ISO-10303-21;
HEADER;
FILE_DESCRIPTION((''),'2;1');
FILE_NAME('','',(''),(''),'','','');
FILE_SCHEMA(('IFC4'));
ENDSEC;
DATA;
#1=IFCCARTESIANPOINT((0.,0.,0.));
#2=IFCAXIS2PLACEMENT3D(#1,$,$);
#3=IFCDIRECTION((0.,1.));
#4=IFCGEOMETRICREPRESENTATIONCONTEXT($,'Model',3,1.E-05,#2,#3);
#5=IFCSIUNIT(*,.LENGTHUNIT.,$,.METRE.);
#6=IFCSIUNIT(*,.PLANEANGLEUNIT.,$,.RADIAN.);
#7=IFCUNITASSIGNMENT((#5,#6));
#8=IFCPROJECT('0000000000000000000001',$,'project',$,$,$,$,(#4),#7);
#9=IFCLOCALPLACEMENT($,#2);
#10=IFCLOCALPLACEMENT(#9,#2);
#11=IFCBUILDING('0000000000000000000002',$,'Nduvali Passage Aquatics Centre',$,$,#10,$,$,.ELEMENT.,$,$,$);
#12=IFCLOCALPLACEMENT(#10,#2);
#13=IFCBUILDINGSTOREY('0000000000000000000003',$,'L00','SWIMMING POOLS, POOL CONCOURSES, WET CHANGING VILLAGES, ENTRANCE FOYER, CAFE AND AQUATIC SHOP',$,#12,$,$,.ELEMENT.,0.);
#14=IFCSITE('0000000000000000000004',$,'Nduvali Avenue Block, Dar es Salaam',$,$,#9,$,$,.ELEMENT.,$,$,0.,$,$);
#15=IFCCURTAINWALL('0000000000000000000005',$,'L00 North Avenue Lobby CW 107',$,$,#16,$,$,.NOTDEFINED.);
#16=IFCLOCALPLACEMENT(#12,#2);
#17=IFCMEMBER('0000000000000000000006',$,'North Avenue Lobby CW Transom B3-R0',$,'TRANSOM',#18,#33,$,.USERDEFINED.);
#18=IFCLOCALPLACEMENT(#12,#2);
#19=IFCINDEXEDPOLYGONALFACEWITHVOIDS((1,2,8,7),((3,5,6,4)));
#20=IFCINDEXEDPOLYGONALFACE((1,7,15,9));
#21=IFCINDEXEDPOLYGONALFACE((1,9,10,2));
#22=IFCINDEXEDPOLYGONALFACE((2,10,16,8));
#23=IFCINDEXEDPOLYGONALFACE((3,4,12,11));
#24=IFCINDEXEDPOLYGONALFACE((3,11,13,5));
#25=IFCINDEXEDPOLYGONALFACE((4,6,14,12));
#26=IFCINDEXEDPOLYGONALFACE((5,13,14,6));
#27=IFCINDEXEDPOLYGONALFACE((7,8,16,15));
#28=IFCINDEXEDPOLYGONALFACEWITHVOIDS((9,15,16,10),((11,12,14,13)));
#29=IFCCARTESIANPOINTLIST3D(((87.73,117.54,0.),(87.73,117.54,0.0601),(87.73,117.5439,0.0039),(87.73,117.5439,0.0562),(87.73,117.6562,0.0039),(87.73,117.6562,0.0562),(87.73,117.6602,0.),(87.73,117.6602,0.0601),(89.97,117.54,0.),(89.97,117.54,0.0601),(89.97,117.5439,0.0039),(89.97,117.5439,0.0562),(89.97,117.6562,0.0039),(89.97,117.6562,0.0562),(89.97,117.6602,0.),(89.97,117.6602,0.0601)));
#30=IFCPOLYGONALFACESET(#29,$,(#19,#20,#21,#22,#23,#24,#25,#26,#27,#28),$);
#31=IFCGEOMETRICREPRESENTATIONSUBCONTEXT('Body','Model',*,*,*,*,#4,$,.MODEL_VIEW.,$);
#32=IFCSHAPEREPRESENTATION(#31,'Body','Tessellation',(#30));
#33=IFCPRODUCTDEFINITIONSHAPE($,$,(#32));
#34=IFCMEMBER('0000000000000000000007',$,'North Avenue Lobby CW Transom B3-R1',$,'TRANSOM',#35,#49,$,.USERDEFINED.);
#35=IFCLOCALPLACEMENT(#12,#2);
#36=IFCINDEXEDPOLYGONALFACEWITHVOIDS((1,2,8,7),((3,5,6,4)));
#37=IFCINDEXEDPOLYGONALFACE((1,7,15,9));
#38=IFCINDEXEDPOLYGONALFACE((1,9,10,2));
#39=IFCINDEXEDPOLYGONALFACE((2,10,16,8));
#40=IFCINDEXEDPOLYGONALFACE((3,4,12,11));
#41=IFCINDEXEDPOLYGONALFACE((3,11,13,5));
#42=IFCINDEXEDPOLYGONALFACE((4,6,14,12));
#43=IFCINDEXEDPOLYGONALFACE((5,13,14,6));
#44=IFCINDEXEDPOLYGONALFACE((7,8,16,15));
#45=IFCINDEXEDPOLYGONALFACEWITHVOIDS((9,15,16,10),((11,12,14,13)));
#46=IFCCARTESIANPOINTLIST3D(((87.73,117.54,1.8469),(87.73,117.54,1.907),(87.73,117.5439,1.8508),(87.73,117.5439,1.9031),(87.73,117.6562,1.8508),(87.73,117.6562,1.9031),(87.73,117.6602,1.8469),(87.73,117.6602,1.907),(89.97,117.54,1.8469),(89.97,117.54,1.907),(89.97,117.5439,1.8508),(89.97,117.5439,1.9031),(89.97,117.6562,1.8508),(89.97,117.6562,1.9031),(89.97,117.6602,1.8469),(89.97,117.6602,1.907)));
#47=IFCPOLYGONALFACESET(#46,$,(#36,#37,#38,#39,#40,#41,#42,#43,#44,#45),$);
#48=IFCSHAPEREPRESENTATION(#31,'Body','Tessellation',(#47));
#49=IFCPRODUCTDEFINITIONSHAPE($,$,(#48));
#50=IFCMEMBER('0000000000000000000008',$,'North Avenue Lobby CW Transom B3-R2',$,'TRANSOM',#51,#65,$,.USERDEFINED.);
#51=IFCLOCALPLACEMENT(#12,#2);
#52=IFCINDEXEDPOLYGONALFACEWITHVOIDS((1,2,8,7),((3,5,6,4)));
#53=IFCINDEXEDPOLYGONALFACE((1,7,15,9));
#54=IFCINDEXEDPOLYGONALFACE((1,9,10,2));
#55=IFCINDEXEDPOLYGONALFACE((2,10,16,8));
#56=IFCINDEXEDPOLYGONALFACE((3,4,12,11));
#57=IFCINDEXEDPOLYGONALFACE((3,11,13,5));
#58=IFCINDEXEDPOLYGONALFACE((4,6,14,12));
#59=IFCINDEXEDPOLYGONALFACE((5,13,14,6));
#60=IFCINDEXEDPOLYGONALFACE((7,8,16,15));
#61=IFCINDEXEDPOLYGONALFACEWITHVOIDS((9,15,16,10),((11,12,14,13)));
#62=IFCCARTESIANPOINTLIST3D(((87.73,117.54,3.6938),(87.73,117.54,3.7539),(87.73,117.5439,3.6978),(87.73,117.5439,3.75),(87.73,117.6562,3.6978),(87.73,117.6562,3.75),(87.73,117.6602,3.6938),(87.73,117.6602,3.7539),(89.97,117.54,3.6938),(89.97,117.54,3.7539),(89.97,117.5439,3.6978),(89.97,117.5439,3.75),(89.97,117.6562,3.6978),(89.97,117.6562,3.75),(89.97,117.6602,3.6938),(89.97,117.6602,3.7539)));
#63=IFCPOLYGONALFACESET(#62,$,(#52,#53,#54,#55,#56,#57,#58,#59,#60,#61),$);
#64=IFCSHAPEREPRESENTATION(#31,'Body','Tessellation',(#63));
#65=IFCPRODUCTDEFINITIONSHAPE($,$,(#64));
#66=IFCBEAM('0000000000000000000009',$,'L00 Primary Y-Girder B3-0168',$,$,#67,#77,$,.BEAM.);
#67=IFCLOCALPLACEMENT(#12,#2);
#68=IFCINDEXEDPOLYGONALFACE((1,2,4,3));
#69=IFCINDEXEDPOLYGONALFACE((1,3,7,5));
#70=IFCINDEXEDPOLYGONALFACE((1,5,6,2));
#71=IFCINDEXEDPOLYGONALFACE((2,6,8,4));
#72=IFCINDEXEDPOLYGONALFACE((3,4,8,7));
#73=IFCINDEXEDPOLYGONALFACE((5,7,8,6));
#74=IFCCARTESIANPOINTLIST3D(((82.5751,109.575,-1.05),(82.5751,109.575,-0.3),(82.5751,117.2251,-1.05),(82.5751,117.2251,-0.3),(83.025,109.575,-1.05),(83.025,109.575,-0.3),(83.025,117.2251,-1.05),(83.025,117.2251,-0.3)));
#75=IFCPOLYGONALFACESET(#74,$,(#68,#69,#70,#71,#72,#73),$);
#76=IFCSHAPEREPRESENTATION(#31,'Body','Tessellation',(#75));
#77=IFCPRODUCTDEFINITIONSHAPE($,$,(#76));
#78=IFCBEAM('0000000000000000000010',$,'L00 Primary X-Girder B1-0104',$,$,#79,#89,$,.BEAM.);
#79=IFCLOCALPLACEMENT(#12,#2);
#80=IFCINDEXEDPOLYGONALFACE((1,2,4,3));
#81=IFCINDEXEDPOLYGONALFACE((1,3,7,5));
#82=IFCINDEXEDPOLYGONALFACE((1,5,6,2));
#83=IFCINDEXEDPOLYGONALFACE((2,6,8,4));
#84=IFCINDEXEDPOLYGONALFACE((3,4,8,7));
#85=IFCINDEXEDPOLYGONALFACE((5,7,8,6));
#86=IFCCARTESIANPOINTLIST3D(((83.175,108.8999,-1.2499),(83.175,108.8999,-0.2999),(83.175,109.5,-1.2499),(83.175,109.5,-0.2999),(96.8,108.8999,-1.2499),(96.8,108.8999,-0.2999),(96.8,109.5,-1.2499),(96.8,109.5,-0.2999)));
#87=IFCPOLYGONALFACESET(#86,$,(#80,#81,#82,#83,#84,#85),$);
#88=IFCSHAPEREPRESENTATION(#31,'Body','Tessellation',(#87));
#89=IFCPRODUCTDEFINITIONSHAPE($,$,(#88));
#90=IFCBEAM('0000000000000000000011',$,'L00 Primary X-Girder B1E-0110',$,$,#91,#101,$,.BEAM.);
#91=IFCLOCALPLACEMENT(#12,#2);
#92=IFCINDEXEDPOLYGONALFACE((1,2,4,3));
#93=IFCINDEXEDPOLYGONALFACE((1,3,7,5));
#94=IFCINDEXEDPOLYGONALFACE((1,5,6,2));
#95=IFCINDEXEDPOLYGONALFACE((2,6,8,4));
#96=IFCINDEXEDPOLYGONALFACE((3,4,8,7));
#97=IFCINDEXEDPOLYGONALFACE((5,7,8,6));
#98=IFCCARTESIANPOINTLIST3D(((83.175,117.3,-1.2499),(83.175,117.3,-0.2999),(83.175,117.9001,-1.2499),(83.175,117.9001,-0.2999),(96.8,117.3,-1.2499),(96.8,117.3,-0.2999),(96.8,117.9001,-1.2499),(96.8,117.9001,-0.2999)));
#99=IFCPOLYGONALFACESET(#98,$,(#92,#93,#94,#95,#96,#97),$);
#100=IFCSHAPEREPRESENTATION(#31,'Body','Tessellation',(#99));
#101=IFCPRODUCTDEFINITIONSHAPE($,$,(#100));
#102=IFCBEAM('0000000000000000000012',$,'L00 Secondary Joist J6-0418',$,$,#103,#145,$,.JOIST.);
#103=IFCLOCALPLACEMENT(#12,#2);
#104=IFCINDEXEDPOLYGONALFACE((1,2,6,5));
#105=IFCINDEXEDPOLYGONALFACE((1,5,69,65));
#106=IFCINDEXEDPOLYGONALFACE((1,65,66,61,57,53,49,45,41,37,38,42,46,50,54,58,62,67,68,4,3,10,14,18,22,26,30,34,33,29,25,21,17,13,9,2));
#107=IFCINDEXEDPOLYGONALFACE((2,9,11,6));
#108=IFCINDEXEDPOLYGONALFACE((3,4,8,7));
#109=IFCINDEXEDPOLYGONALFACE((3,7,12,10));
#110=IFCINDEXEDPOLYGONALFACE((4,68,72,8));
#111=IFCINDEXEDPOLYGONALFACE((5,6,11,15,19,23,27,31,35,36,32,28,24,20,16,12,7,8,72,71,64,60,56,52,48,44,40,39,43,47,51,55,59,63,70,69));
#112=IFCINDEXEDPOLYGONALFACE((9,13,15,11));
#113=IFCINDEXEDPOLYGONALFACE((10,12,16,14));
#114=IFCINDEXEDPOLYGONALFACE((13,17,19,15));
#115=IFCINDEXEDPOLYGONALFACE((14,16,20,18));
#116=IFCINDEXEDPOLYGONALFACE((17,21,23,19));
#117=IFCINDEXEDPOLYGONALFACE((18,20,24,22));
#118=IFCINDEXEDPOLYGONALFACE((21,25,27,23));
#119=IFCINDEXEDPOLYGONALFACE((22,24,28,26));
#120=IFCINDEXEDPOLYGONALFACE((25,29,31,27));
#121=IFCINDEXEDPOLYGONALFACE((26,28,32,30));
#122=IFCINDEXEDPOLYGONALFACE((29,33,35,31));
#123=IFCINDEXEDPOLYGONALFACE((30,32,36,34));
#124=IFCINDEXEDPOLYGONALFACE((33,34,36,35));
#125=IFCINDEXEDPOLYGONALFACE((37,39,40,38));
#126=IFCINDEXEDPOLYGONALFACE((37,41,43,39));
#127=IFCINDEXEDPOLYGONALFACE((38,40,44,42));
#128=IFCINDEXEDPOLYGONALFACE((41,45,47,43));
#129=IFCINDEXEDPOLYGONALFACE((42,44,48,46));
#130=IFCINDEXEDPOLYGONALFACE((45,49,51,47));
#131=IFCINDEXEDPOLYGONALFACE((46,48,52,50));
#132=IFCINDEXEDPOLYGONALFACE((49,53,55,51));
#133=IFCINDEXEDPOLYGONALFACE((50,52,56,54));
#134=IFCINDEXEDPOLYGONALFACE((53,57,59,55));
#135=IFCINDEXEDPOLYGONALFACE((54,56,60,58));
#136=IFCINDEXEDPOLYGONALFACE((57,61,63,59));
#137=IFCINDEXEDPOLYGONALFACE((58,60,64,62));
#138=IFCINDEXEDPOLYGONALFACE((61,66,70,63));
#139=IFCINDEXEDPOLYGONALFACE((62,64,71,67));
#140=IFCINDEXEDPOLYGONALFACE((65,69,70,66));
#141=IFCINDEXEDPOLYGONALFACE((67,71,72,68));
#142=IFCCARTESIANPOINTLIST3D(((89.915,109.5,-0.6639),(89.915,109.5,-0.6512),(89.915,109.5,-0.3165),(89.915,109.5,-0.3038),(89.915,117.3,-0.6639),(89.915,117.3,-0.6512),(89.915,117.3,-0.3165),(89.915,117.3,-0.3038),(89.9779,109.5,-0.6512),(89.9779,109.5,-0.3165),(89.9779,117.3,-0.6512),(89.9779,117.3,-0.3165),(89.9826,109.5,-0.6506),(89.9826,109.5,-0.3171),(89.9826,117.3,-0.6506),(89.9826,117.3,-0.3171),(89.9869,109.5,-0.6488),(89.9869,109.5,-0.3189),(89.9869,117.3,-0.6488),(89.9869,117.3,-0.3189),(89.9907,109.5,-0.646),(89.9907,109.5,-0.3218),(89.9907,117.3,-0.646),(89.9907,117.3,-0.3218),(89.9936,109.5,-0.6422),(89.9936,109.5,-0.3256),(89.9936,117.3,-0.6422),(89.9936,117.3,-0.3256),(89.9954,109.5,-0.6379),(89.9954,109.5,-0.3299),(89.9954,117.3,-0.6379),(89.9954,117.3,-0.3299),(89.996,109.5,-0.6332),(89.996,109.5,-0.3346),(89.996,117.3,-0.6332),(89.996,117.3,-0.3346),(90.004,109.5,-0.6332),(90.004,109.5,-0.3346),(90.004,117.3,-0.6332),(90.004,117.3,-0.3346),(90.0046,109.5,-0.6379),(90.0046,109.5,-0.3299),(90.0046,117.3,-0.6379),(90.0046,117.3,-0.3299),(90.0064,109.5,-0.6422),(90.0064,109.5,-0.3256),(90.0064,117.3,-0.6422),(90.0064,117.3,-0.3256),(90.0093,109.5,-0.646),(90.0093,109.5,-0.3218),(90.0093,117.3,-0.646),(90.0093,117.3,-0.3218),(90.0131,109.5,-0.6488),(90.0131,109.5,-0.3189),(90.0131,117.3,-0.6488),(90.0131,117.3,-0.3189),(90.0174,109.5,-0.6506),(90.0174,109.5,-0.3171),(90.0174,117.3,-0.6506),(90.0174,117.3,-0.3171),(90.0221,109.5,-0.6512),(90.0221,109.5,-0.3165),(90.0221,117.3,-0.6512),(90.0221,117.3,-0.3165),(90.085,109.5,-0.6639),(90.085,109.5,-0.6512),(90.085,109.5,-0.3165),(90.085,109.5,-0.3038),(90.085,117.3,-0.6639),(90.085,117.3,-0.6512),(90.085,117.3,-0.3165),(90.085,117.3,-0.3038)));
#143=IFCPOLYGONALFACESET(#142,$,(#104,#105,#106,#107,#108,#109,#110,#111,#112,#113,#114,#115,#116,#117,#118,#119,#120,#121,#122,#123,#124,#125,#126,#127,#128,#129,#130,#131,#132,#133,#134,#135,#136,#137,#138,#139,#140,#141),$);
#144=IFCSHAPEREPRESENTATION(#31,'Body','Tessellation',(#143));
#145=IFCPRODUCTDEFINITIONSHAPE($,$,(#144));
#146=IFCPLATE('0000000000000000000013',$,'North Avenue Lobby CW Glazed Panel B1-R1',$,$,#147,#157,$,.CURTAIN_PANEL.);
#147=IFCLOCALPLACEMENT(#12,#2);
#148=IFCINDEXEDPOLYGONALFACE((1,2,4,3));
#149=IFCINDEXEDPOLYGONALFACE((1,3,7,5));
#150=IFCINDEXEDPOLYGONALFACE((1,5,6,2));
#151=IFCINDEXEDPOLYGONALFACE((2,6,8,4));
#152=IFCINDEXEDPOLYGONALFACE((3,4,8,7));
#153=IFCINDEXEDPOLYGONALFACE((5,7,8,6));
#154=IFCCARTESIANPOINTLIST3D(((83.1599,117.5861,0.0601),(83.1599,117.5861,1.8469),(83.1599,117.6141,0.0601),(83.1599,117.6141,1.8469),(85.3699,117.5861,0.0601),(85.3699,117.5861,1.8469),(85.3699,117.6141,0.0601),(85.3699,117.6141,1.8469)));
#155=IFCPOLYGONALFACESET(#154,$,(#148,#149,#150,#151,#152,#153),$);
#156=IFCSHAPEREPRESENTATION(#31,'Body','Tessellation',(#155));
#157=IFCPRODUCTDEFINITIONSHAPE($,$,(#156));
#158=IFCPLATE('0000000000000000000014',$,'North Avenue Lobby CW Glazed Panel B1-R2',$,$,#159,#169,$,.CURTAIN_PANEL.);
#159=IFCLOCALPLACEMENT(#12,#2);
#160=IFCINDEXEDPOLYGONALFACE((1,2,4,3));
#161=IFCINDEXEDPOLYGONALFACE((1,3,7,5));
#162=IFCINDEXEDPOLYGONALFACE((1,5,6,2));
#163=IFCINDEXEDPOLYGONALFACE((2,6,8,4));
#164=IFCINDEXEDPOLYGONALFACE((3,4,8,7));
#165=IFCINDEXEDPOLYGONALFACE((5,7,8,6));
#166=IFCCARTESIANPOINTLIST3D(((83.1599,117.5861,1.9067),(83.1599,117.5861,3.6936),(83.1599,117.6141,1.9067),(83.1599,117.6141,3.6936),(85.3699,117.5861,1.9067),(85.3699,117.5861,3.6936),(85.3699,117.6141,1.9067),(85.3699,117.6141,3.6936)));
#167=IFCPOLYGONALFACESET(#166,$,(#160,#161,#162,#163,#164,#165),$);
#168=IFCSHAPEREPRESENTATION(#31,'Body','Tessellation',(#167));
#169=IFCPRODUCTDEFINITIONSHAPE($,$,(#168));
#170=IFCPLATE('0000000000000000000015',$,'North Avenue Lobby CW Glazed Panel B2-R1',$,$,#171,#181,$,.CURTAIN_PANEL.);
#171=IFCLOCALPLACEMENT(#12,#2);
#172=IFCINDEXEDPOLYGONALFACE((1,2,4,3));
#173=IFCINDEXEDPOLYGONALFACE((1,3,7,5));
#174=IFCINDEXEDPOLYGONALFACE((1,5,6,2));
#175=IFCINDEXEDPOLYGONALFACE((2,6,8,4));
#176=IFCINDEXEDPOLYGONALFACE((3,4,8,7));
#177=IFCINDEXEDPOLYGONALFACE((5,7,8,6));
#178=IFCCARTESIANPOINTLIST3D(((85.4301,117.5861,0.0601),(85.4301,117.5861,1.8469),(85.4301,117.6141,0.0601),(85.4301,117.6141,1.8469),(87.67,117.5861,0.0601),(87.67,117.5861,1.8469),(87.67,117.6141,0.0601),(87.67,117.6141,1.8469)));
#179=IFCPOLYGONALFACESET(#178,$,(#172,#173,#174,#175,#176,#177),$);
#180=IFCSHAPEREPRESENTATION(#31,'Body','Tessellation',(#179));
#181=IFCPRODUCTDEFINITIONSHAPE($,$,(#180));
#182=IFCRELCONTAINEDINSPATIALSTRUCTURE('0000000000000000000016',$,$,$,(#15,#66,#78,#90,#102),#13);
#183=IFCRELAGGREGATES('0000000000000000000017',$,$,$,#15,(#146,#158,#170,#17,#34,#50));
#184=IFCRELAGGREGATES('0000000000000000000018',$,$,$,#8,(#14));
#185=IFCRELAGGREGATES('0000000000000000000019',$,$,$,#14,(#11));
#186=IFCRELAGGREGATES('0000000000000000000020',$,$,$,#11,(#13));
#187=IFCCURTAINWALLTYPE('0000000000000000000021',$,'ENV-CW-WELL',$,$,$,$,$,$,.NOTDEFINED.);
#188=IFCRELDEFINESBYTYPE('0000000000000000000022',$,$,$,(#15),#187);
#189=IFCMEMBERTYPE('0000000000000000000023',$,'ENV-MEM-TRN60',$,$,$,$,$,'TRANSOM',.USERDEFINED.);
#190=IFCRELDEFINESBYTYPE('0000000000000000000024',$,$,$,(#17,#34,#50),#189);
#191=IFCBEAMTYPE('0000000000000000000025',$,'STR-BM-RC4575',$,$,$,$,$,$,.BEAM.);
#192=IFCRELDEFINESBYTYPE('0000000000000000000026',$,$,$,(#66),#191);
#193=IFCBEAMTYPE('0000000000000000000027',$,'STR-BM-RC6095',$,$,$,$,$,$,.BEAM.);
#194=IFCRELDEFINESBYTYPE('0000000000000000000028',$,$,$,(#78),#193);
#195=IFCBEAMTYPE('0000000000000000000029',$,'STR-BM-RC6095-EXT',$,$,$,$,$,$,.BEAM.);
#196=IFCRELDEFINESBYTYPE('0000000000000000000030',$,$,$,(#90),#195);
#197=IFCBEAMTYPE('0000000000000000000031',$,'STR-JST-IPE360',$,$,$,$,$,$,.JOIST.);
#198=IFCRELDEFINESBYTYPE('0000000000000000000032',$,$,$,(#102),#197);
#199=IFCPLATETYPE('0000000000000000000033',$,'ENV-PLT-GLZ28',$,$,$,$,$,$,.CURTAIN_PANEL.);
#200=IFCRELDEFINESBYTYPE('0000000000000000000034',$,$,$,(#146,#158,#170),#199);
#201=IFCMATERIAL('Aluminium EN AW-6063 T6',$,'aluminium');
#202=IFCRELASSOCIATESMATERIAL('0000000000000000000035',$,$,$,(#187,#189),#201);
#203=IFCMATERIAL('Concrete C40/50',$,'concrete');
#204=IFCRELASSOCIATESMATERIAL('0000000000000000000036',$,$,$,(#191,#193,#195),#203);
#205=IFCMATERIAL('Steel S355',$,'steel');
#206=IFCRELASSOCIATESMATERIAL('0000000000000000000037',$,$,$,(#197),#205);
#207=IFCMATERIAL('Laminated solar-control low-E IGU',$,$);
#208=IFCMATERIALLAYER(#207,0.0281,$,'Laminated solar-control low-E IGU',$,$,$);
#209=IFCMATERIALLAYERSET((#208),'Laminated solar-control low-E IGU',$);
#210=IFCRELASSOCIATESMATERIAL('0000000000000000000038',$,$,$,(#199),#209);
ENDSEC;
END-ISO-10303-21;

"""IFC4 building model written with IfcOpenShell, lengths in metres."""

from ifc_helpers import new_model, si_unit, direction, frame, origin, origin_2d, place, context, subcontext, project, spatial, rectangle, hollow_rectangle, i_section, extrude, material, layer, layer_set, material_profile, profile_set, type_object, element, aggregate, save


model = new_model("IFC4")

# Units and contexts
model_context = context("Model", 3, precision=1e-05, world=origin(), true_north=direction((0.0, 1.0)))
body_context = subcontext(model_context, "Body", "Model", "MODEL_VIEW")
ifc_project = project(units=[si_unit("LENGTHUNIT", "METRE"), si_unit("PLANEANGLEUNIT", "RADIAN")], contexts=[model_context])

# Site, building, storey
site_placement = place(None, origin())
site = spatial("IfcSite", under=ifc_project, at=site_placement, Name="Nduvali Avenue Block, Dar es Salaam", CompositionType="ELEMENT", RefElevation=0.0)
building_placement = place(site_placement, origin())
building = spatial("IfcBuilding", under=site, at=building_placement, Name="Nduvali Passage Aquatics Centre", CompositionType="ELEMENT")
storey_placement = place(building_placement, origin())
storey = spatial("IfcBuildingStorey", under=building, at=storey_placement, Name="L00", Description="SWIMMING POOLS, POOL CONCOURSES, WET CHANGING VILLAGES, ENTRANCE FOYER, CAFE AND AQUATIC SHOP", CompositionType="ELEMENT", Elevation=0.0)

# Shared definitions
ifc_material_1 = material(Name="Concrete C40/50", Category="concrete")

# Curtain wall, members
ifc_material_2 = material(Name="Aluminium EN AW-6063 T6", Category="aluminium")
curtain_wall_type = type_object("IfcCurtainWallType", Name="ENV-CW-WELL", PredefinedType="NOTDEFINED", material=ifc_material_2)
curtain_wall_placement = place(storey_placement, origin())
curtain_wall = element("IfcCurtainWall", 1, at=curtain_wall_placement, inside=storey, type_object=curtain_wall_type, Name="L00 North Avenue Lobby CW 107", PredefinedType="NOTDEFINED")
ifc_material_profile_1 = material_profile(ifc_material_2, hollow_rectangle(XDim=0.1201, YDim=0.0601, WallThickness=0.0039, at=origin_2d()), Name="ALU TRANSOM 120x60x4")
ifc_profile_set_1 = profile_set([ifc_material_profile_1], Name="Aluminium EN AW-6063 T6")
member_type_1 = type_object("IfcMemberType", Name="ENV-MEM-TRN60", ElementType="TRANSOM", PredefinedType="USERDEFINED", material=ifc_profile_set_1)
member_1_placement = place(storey_placement, frame((87.73, 117.6001, 0.03), z_axis=(1.0, 0.0, 0.0), x_axis=(0.0, 1.0, 0.0)))
member_1 = element("IfcMember", 2, at=member_1_placement, type_object=member_type_1, Name="North Avenue Lobby CW Transom B3-R0", ObjectType="TRANSOM", PredefinedType="USERDEFINED", context=body_context, shape_type="SweptSolid", body=[
    extrude(hollow_rectangle(XDim=0.1201, YDim=0.0601, WallThickness=0.0039, at=origin_2d()), origin(), (0.0, 0.0, 1.0), 2.24),
])
member_2_placement = place(storey_placement, frame((87.73, 117.6001, 1.877), z_axis=(1.0, 0.0, 0.0), x_axis=(0.0, 1.0, 0.0)))
member_2 = element("IfcMember", 3, at=member_2_placement, type_object=member_type_1, Name="North Avenue Lobby CW Transom B3-R1", ObjectType="TRANSOM", PredefinedType="USERDEFINED", context=body_context, shape_type="SweptSolid", body=[
    extrude(hollow_rectangle(XDim=0.1201, YDim=0.0601, WallThickness=0.0039, at=origin_2d()), origin(), (0.0, 0.0, 1.0), 2.24),
])
member_3_placement = place(storey_placement, frame((87.73, 117.6001, 3.7239), z_axis=(1.0, 0.0, 0.0), x_axis=(0.0, 1.0, 0.0)))
member_3 = element("IfcMember", 4, at=member_3_placement, type_object=member_type_1, Name="North Avenue Lobby CW Transom B3-R2", ObjectType="TRANSOM", PredefinedType="USERDEFINED", context=body_context, shape_type="SweptSolid", body=[
    extrude(hollow_rectangle(XDim=0.1201, YDim=0.0601, WallThickness=0.0039, at=origin_2d()), origin(), (0.0, 0.0, 1.0), 2.24),
])

# Beams
ifc_material_profile_2 = material_profile(ifc_material_1, rectangle(XDim=0.45, YDim=0.75, at=origin_2d()), Name="RC 450x750")
ifc_profile_set_2 = profile_set([ifc_material_profile_2], Name="Concrete C40/50")
beam_type_1 = type_object("IfcBeamType", Name="STR-BM-RC4575", PredefinedType="BEAM", material=ifc_profile_set_2)
beam_1_placement = place(storey_placement, frame((82.8, 109.575, -0.675), z_axis=(0.0, 1.0, 0.0), x_axis=(-1.0, 0.0, 0.0)))
element("IfcBeam", 5, at=beam_1_placement, inside=storey, type_object=beam_type_1, Name="L00 Primary Y-Girder B3-0168", PredefinedType="BEAM", context=body_context, shape_type="SweptSolid", body=[
    extrude(rectangle(XDim=0.45, YDim=0.75, at=origin_2d()), origin(), (0.0, 0.0, 1.0), 7.6501),
])
ifc_material_profile_3 = material_profile(ifc_material_1, rectangle(XDim=0.6001, YDim=0.95, at=origin_2d()), Name="RC 600x950")
ifc_profile_set_3 = profile_set([ifc_material_profile_3], Name="Concrete C40/50")
beam_type_2 = type_object("IfcBeamType", Name="STR-BM-RC6095", PredefinedType="BEAM", material=ifc_profile_set_3)
beam_2_placement = place(storey_placement, frame((83.175, 109.2, -0.7749), z_axis=(1.0, 0.0, 0.0), x_axis=(0.0, 1.0, 0.0)))
element("IfcBeam", 6, at=beam_2_placement, inside=storey, type_object=beam_type_2, Name="L00 Primary X-Girder B1-0104", PredefinedType="BEAM", context=body_context, shape_type="SweptSolid", body=[
    extrude(rectangle(XDim=0.6001, YDim=0.95, at=origin_2d()), origin(), (0.0, 0.0, 1.0), 13.625),
])
ifc_material_profile_4 = material_profile(ifc_material_1, rectangle(XDim=0.6001, YDim=0.95, at=origin_2d()), Name="RC 600x950")
ifc_profile_set_4 = profile_set([ifc_material_profile_4], Name="Concrete C40/50")
beam_type_3 = type_object("IfcBeamType", Name="STR-BM-RC6095-EXT", PredefinedType="BEAM", material=ifc_profile_set_4)
beam_3_placement = place(storey_placement, frame((83.175, 117.6001, -0.7749), z_axis=(1.0, 0.0, 0.0), x_axis=(0.0, 1.0, 0.0)))
element("IfcBeam", 7, at=beam_3_placement, inside=storey, type_object=beam_type_3, Name="L00 Primary X-Girder B1E-0110", PredefinedType="BEAM", context=body_context, shape_type="SweptSolid", body=[
    extrude(rectangle(XDim=0.6001, YDim=0.95, at=origin_2d()), origin(), (0.0, 0.0, 1.0), 13.625),
])
ifc_material_3 = material(Name="Steel S355", Category="steel")
ifc_material_profile_5 = material_profile(ifc_material_3, i_section(OverallWidth=0.1699, OverallDepth=0.3601, WebThickness=0.0081, FlangeThickness=0.0127, FilletRadius=0.0181, at=origin_2d()), Name="IPE 360")
ifc_profile_set_5 = profile_set([ifc_material_profile_5], Name="Steel S355")
beam_type_4 = type_object("IfcBeamType", Name="STR-JST-IPE360", PredefinedType="JOIST", material=ifc_profile_set_5)
beam_4_placement = place(storey_placement, frame((90.0, 109.5, -0.4839), z_axis=(0.0, 1.0, 0.0), x_axis=(-1.0, 0.0, 0.0)))
element("IfcBeam", 8, at=beam_4_placement, inside=storey, type_object=beam_type_4, Name="L00 Secondary Joist J6-0418", PredefinedType="JOIST", context=body_context, shape_type="SweptSolid", body=[
    extrude(i_section(OverallWidth=0.1699, OverallDepth=0.3601, WebThickness=0.0081, FlangeThickness=0.0127, FilletRadius=0.0181, at=origin_2d()), origin(), (0.0, 0.0, 1.0), 7.8),
])

# Plates
ifc_material_4 = material(Name="Laminated solar-control low-E IGU")
ifc_layer_1 = layer(ifc_material_4, 0.0281, Name="Laminated solar-control low-E IGU")
ifc_layer_set_1 = layer_set([ifc_layer_1], Name="Laminated solar-control low-E IGU")
plate_type = type_object("IfcPlateType", Name="ENV-PLT-GLZ28", PredefinedType="CURTAIN_PANEL", material=ifc_layer_set_1)
plate_1_placement = place(storey_placement, frame((84.2649, 117.6001, 0.0601), z_axis=(0.0, 0.0, 1.0), x_axis=(1.0, 0.0, 0.0)))
plate_1 = element("IfcPlate", 9, at=plate_1_placement, type_object=plate_type, Name="North Avenue Lobby CW Glazed Panel B1-R1", PredefinedType="CURTAIN_PANEL", context=body_context, shape_type="SweptSolid", body=[
    extrude(rectangle(XDim=2.21, YDim=0.0281, at=origin_2d()), origin(), (0.0, 0.0, 1.0), 1.7869),
])
plate_2_placement = place(storey_placement, frame((84.2649, 117.6001, 1.9067), z_axis=(0.0, 0.0, 1.0), x_axis=(1.0, 0.0, 0.0)))
plate_2 = element("IfcPlate", 10, at=plate_2_placement, type_object=plate_type, Name="North Avenue Lobby CW Glazed Panel B1-R2", PredefinedType="CURTAIN_PANEL", context=body_context, shape_type="SweptSolid", body=[
    extrude(rectangle(XDim=2.21, YDim=0.0281, at=origin_2d()), origin(), (0.0, 0.0, 1.0), 1.7869),
])
plate_3_placement = place(storey_placement, frame((86.55, 117.6001, 0.0601), z_axis=(0.0, 0.0, 1.0), x_axis=(1.0, 0.0, 0.0)))
plate_3 = element("IfcPlate", 11, at=plate_3_placement, type_object=plate_type, Name="North Avenue Lobby CW Glazed Panel B2-R1", PredefinedType="CURTAIN_PANEL", context=body_context, shape_type="SweptSolid", body=[
    extrude(rectangle(XDim=2.24, YDim=0.0281, at=origin_2d()), origin(), (0.0, 0.0, 1.0), 1.7869),
])
aggregate(curtain_wall, [plate_1, plate_2, plate_3, member_1, member_2, member_3])

save(model, "model.ifc")
